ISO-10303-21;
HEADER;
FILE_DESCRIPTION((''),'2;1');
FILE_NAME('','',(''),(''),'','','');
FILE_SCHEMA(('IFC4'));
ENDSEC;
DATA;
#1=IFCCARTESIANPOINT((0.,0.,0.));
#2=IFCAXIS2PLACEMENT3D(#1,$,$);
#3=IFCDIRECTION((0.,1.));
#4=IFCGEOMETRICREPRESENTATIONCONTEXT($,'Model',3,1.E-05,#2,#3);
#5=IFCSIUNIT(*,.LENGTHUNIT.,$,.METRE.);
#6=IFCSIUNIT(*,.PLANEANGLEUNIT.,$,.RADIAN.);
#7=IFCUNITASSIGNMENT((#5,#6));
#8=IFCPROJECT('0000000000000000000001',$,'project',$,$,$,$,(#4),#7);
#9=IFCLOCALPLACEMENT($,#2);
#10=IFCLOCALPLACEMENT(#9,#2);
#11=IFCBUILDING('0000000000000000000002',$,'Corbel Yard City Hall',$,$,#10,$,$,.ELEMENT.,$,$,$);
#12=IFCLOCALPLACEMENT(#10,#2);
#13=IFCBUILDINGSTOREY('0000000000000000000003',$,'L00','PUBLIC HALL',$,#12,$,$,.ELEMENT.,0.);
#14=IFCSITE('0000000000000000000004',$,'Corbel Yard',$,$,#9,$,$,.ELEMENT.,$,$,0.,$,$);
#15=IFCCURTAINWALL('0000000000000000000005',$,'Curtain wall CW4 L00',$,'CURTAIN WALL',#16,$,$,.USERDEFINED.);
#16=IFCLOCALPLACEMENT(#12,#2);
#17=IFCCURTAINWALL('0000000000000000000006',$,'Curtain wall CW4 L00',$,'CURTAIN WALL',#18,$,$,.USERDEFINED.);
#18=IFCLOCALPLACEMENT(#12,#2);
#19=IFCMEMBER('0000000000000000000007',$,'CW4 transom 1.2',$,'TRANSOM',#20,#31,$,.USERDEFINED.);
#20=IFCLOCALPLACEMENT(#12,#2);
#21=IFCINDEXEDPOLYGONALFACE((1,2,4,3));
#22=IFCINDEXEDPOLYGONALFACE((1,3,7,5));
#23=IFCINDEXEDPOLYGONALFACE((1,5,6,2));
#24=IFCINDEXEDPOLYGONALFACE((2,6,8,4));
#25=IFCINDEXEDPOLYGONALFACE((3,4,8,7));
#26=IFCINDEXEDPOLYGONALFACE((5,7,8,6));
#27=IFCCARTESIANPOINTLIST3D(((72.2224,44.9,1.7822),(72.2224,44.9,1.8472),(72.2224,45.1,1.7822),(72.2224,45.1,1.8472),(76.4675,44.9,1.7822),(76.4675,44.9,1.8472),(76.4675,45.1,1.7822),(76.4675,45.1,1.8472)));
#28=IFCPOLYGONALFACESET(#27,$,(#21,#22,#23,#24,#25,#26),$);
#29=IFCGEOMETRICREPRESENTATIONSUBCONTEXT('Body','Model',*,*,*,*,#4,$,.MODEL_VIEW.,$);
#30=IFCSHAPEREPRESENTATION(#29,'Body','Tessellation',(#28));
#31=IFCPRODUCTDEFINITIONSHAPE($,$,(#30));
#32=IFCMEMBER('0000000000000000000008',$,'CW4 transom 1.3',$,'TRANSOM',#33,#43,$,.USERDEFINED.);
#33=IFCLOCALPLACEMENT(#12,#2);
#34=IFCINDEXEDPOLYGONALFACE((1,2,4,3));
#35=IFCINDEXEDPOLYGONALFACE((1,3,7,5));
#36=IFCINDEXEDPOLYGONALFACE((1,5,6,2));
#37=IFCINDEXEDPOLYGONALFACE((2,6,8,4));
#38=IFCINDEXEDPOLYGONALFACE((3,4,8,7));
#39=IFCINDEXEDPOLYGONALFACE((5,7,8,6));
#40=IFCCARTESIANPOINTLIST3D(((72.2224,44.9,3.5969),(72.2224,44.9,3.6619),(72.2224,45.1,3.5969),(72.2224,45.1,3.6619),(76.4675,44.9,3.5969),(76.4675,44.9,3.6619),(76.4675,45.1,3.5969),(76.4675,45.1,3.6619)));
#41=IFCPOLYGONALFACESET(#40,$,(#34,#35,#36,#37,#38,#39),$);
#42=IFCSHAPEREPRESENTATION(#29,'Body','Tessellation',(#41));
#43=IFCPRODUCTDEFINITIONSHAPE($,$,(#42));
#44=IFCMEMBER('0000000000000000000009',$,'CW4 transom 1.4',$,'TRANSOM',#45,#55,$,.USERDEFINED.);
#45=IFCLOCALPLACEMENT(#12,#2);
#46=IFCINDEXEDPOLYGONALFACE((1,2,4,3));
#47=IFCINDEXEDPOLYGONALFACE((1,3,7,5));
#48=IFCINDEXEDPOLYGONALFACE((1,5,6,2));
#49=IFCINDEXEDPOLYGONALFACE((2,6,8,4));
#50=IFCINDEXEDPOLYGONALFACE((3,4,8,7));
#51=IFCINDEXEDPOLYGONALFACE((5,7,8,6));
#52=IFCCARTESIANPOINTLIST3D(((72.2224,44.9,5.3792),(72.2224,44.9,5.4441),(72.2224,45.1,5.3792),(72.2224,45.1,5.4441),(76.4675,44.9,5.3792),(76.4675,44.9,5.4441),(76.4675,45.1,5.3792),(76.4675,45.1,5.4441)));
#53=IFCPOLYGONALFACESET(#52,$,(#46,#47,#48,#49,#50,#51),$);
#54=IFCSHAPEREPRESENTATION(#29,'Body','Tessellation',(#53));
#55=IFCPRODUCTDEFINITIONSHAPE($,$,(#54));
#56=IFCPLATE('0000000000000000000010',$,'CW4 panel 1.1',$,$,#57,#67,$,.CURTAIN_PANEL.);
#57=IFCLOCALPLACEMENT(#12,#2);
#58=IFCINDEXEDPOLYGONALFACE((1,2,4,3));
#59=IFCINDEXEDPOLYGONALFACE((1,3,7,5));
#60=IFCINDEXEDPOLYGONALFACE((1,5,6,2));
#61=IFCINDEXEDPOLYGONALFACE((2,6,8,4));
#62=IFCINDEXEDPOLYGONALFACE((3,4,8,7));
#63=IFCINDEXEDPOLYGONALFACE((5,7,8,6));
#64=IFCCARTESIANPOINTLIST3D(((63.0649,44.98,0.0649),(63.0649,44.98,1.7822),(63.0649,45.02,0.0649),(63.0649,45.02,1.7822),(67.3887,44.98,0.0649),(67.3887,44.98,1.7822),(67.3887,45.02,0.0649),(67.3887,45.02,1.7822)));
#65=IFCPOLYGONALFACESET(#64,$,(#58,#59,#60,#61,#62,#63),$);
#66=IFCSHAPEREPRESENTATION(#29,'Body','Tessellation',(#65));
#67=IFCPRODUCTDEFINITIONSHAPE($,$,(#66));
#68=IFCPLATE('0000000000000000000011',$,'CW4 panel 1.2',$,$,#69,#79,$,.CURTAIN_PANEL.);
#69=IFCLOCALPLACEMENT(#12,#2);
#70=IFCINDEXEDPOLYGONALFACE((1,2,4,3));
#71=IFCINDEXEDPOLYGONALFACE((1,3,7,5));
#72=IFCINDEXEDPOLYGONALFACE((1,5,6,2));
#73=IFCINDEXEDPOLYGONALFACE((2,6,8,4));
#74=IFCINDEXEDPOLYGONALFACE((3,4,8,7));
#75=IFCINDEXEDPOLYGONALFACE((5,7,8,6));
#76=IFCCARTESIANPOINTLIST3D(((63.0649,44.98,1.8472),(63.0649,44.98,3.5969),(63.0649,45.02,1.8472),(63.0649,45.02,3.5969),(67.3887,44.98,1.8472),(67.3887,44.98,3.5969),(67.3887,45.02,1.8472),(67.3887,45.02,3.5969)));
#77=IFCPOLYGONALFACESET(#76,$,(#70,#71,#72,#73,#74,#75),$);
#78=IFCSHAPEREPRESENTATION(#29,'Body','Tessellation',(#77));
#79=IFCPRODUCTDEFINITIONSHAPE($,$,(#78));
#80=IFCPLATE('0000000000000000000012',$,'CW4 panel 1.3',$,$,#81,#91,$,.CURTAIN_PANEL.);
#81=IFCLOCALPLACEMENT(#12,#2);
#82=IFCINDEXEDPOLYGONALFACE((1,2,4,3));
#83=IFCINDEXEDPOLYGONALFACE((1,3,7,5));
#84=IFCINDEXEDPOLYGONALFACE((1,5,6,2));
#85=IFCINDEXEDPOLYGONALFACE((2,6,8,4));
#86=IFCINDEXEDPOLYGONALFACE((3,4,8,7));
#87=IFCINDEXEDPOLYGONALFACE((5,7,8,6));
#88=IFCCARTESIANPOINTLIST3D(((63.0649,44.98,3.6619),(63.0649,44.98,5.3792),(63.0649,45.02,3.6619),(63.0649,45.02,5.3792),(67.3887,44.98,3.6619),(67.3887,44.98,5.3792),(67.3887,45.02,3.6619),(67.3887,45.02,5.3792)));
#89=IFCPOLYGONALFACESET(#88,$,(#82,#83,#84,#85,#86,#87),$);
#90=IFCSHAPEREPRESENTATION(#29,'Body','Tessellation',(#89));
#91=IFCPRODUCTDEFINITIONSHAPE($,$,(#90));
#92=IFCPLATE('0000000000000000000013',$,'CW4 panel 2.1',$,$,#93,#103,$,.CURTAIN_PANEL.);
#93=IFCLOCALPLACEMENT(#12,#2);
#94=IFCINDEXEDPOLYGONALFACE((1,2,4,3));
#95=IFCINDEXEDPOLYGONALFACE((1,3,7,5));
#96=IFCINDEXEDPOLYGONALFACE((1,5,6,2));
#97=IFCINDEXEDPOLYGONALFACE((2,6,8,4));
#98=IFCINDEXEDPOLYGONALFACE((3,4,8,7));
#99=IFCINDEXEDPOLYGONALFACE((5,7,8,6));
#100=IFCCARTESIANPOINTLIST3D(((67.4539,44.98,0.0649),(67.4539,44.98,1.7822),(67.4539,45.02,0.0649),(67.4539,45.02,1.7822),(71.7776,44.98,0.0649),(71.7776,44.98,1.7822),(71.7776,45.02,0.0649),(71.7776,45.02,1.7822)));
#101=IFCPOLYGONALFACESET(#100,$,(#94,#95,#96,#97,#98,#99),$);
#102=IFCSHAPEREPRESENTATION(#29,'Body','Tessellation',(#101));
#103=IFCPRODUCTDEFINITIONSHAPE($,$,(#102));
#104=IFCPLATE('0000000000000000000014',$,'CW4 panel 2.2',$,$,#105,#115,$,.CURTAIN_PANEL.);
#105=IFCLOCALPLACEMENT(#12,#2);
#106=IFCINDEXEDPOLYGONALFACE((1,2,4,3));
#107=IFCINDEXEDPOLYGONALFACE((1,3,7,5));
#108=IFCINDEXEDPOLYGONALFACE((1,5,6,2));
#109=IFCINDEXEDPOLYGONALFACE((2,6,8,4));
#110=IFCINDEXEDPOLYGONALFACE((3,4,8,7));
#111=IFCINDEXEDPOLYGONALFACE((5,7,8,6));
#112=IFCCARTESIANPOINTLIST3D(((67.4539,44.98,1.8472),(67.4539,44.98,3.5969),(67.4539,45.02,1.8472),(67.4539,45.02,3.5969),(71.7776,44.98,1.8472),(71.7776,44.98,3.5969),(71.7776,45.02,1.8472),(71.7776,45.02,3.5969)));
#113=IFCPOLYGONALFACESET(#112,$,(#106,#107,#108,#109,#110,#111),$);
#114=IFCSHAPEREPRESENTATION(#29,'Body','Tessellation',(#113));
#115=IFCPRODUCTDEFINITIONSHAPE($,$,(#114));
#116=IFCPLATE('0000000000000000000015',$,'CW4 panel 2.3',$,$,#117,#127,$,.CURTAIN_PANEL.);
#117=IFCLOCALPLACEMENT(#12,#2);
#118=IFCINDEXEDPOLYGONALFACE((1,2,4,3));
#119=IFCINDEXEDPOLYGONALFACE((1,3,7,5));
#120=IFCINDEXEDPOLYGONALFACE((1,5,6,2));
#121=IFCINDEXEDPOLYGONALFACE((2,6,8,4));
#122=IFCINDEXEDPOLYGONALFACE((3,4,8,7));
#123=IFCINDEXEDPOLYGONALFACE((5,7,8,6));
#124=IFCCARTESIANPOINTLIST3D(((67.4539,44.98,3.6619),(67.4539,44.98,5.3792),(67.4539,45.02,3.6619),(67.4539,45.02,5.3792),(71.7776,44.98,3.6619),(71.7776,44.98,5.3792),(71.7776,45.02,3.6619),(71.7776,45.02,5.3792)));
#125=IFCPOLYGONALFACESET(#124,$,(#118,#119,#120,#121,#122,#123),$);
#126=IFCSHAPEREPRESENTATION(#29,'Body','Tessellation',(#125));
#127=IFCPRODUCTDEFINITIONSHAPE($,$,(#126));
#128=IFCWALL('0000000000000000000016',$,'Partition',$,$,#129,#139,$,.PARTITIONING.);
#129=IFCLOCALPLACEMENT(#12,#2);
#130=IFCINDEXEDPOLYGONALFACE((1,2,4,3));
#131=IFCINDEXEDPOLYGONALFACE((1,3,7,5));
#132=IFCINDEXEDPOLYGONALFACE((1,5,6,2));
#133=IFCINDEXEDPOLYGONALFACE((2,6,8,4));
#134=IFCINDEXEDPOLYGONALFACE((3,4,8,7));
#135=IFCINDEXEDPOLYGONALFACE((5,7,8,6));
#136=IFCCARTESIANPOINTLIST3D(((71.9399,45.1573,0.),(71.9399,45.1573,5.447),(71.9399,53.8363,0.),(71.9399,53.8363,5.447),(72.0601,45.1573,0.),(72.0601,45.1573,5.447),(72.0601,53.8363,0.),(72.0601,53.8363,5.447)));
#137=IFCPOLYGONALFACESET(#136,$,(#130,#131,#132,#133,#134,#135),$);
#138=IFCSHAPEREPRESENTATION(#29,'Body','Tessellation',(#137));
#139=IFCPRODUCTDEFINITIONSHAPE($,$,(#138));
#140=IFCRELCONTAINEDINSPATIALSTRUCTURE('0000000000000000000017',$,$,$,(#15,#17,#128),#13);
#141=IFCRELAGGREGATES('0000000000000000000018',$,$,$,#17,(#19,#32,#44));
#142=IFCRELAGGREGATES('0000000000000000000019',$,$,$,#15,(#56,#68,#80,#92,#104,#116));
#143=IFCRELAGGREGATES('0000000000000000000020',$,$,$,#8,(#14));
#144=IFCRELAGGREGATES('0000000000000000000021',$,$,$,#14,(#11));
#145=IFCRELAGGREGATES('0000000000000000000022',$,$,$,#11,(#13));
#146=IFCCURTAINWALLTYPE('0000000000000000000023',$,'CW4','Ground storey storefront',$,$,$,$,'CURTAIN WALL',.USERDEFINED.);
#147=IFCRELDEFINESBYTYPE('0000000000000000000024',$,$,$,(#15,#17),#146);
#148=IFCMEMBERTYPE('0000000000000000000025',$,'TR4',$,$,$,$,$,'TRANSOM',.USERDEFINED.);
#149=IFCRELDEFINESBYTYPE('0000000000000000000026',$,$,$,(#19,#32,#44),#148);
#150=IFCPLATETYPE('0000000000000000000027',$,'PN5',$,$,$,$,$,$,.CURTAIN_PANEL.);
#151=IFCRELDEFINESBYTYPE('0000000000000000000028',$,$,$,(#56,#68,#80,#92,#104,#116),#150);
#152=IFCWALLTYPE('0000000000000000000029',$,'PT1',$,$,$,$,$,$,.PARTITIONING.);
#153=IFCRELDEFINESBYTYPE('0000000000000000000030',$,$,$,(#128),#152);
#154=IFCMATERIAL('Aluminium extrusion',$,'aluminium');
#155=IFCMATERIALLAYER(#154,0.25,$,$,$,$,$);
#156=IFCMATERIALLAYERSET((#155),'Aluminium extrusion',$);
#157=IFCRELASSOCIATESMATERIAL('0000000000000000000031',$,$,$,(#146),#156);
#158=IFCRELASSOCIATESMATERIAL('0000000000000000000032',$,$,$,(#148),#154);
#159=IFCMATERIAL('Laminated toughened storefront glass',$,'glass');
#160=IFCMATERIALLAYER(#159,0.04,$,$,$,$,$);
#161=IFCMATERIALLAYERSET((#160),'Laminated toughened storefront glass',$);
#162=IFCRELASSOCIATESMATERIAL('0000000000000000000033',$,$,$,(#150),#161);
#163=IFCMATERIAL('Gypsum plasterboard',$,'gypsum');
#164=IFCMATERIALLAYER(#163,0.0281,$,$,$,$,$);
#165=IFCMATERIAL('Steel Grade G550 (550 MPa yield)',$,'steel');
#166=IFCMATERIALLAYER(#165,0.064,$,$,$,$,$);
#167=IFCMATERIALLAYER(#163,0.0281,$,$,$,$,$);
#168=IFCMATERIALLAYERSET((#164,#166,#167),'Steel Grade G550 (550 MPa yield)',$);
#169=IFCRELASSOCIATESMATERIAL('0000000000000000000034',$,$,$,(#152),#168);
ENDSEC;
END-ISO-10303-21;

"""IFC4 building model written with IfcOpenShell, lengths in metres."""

from ifc_helpers import new_model, si_unit, direction, frame, frame_2d, origin, origin_2d, place, context, subcontext, project, spatial, rectangle, extrude, material, layer, layer_set, material_profile, profile_set, type_object, element, aggregate, save


model = new_model("IFC4")

# Units and contexts
model_context = context("Model", 3, precision=1e-05, world=origin(), true_north=direction((0.0, 1.0)))
body_context = subcontext(model_context, "Body", "Model", "MODEL_VIEW")
ifc_project = project(units=[si_unit("LENGTHUNIT", "METRE"), si_unit("PLANEANGLEUNIT", "RADIAN")], contexts=[model_context])

# Site, building, storey
site_placement = place(None, origin())
site = spatial("IfcSite", under=ifc_project, at=site_placement, Name="Corbel Yard", CompositionType="ELEMENT", RefElevation=0.0)
building_placement = place(site_placement, origin())
building = spatial("IfcBuilding", under=site, at=building_placement, Name="Corbel Yard City Hall", CompositionType="ELEMENT")
storey_placement = place(building_placement, origin())
storey = spatial("IfcBuildingStorey", under=building, at=storey_placement, Name="L00", Description="PUBLIC HALL", CompositionType="ELEMENT", Elevation=0.0)

# Curtain wall
ifc_material_1 = material(Name="Aluminium extrusion", Category="aluminium")
ifc_layer_1 = layer(ifc_material_1, 0.25)
ifc_layer_set_1 = layer_set([ifc_layer_1], Name="Aluminium extrusion")
curtain_wall_type = type_object("IfcCurtainWallType", Name="CW4", Description="Ground storey storefront", ElementType="CURTAIN WALL", PredefinedType="USERDEFINED", material=ifc_layer_set_1)
curtain_wall_1_placement = place(storey_placement, origin())
curtain_wall_1 = element("IfcCurtainWall", 1, at=curtain_wall_1_placement, inside=storey, type_object=curtain_wall_type, Name="Curtain wall CW4 L00", ObjectType="CURTAIN WALL", PredefinedType="USERDEFINED")

# Curtain wall
curtain_wall_2_placement = place(storey_placement, origin())
curtain_wall_2 = element("IfcCurtainWall", 2, at=curtain_wall_2_placement, inside=storey, type_object=curtain_wall_type, Name="Curtain wall CW4 L00", ObjectType="CURTAIN WALL", PredefinedType="USERDEFINED")

# Members
ifc_material_profile_1 = material_profile(ifc_material_1, rectangle(XDim=0.2, YDim=0.0649, at=origin_2d()), Name="200x65")
ifc_profile_set_1 = profile_set([ifc_material_profile_1], Name="Aluminium extrusion")
member_type_1 = type_object("IfcMemberType", Name="TR4", ElementType="TRANSOM", PredefinedType="USERDEFINED", material=ifc_profile_set_1)
member_1_placement = place(storey_placement, frame((72.2224, 45.0, 1.8147), z_axis=(1.0, 0.0, 0.0), x_axis=(0.0, 1.0, 0.0)))
member_1 = element("IfcMember", 3, at=member_1_placement, type_object=member_type_1, Name="CW4 transom 1.2", ObjectType="TRANSOM", PredefinedType="USERDEFINED", context=body_context, shape_type="SweptSolid", body=[
    extrude(rectangle(XDim=0.2, YDim=0.0649, at=origin_2d()), origin(), (0.0, 0.0, 1.0), 4.2451),
])
member_2_placement = place(storey_placement, frame((72.2224, 45.0, 3.6294), z_axis=(1.0, 0.0, 0.0), x_axis=(0.0, 1.0, 0.0)))
member_2 = element("IfcMember", 4, at=member_2_placement, type_object=member_type_1, Name="CW4 transom 1.3", ObjectType="TRANSOM", PredefinedType="USERDEFINED", context=body_context, shape_type="SweptSolid", body=[
    extrude(rectangle(XDim=0.2, YDim=0.0649, at=origin_2d()), origin(), (0.0, 0.0, 1.0), 4.2451),
])
member_3_placement = place(storey_placement, frame((72.2224, 45.0, 5.4116), z_axis=(1.0, 0.0, 0.0), x_axis=(0.0, 1.0, 0.0)))
member_3 = element("IfcMember", 5, at=member_3_placement, type_object=member_type_1, Name="CW4 transom 1.4", ObjectType="TRANSOM", PredefinedType="USERDEFINED", context=body_context, shape_type="SweptSolid", body=[
    extrude(rectangle(XDim=0.2, YDim=0.0649, at=origin_2d()), origin(), (0.0, 0.0, 1.0), 4.2451),
])
aggregate(curtain_wall_2, [member_1, member_2, member_3])

# Plates
ifc_material_2 = material(Name="Laminated toughened storefront glass", Category="glass")
ifc_layer_2 = layer(ifc_material_2, 0.04)
ifc_layer_set_2 = layer_set([ifc_layer_2], Name="Laminated toughened storefront glass")
plate_type = type_object("IfcPlateType", Name="PN5", PredefinedType="CURTAIN_PANEL", material=ifc_layer_set_2)
plate_1_placement = place(storey_placement, frame((65.2268, 45.0, 0.0649), z_axis=(0.0, 0.0, 1.0), x_axis=(1.0, 0.0, 0.0)))
plate_1 = element("IfcPlate", 6, at=plate_1_placement, type_object=plate_type, Name="CW4 panel 1.1", PredefinedType="CURTAIN_PANEL", context=body_context, shape_type="SweptSolid", body=[
    extrude(rectangle(XDim=4.3237, YDim=0.04, at=origin_2d()), origin(), (0.0, 0.0, 1.0), 1.7173),
])
plate_2_placement = place(storey_placement, frame((65.2268, 45.0, 1.8472), z_axis=(0.0, 0.0, 1.0), x_axis=(1.0, 0.0, 0.0)))
plate_2 = element("IfcPlate", 7, at=plate_2_placement, type_object=plate_type, Name="CW4 panel 1.2", PredefinedType="CURTAIN_PANEL", context=body_context, shape_type="SweptSolid", body=[
    extrude(rectangle(XDim=4.3237, YDim=0.04, at=origin_2d()), origin(), (0.0, 0.0, 1.0), 1.7498),
])
plate_3_placement = place(storey_placement, frame((65.2268, 45.0, 3.6619), z_axis=(0.0, 0.0, 1.0), x_axis=(1.0, 0.0, 0.0)))
plate_3 = element("IfcPlate", 8, at=plate_3_placement, type_object=plate_type, Name="CW4 panel 1.3", PredefinedType="CURTAIN_PANEL", context=body_context, shape_type="SweptSolid", body=[
    extrude(rectangle(XDim=4.3237, YDim=0.04, at=origin_2d()), origin(), (0.0, 0.0, 1.0), 1.7173),
])
plate_4_placement = place(storey_placement, frame((69.6157, 45.0, 0.0649), z_axis=(0.0, 0.0, 1.0), x_axis=(1.0, 0.0, 0.0)))
plate_4 = element("IfcPlate", 9, at=plate_4_placement, type_object=plate_type, Name="CW4 panel 2.1", PredefinedType="CURTAIN_PANEL", context=body_context, shape_type="SweptSolid", body=[
    extrude(rectangle(XDim=4.3237, YDim=0.04, at=origin_2d()), origin(), (0.0, 0.0, 1.0), 1.7173),
])
plate_5_placement = place(storey_placement, frame((69.6157, 45.0, 1.8472), z_axis=(0.0, 0.0, 1.0), x_axis=(1.0, 0.0, 0.0)))
plate_5 = element("IfcPlate", 10, at=plate_5_placement, type_object=plate_type, Name="CW4 panel 2.2", PredefinedType="CURTAIN_PANEL", context=body_context, shape_type="SweptSolid", body=[
    extrude(rectangle(XDim=4.3237, YDim=0.04, at=origin_2d()), origin(), (0.0, 0.0, 1.0), 1.7498),
])
plate_6_placement = place(storey_placement, frame((69.6157, 45.0, 3.6619), z_axis=(0.0, 0.0, 1.0), x_axis=(1.0, 0.0, 0.0)))
plate_6 = element("IfcPlate", 11, at=plate_6_placement, type_object=plate_type, Name="CW4 panel 2.3", PredefinedType="CURTAIN_PANEL", context=body_context, shape_type="SweptSolid", body=[
    extrude(rectangle(XDim=4.3237, YDim=0.04, at=origin_2d()), origin(), (0.0, 0.0, 1.0), 1.7173),
])
aggregate(curtain_wall_1, [plate_1, plate_2, plate_3, plate_4, plate_5, plate_6])

# Wall
ifc_material_3 = material(Name="Gypsum plasterboard", Category="gypsum")
ifc_layer_3 = layer(ifc_material_3, 0.0281)
ifc_material_4 = material(Name="Steel Grade G550 (550 MPa yield)", Category="steel")
ifc_layer_4 = layer(ifc_material_4, 0.064)
ifc_layer_5 = layer(ifc_material_3, 0.0281)
ifc_layer_set_3 = layer_set([ifc_layer_3, ifc_layer_4, ifc_layer_5], Name="Steel Grade G550 (550 MPa yield)")
wall_type = type_object("IfcWallType", Name="PT1", PredefinedType="PARTITIONING", material=ifc_layer_set_3)
wall_placement = place(storey_placement, frame((72.0, 45.1575, 0.0), z_axis=(0.0, 0.0, 1.0), x_axis=(0.0, 1.0, 0.0)))
element("IfcWall", 12, at=wall_placement, inside=storey, type_object=wall_type, Name="Partition", PredefinedType="PARTITIONING", context=body_context, shape_type="SweptSolid", body=[
    extrude(rectangle(XDim=8.679, YDim=0.1201, at=frame_2d((4.3394, 0.0))), origin(), (0.0, 0.0, 1.0), 5.447),
])

save(model, "model.ifc")
